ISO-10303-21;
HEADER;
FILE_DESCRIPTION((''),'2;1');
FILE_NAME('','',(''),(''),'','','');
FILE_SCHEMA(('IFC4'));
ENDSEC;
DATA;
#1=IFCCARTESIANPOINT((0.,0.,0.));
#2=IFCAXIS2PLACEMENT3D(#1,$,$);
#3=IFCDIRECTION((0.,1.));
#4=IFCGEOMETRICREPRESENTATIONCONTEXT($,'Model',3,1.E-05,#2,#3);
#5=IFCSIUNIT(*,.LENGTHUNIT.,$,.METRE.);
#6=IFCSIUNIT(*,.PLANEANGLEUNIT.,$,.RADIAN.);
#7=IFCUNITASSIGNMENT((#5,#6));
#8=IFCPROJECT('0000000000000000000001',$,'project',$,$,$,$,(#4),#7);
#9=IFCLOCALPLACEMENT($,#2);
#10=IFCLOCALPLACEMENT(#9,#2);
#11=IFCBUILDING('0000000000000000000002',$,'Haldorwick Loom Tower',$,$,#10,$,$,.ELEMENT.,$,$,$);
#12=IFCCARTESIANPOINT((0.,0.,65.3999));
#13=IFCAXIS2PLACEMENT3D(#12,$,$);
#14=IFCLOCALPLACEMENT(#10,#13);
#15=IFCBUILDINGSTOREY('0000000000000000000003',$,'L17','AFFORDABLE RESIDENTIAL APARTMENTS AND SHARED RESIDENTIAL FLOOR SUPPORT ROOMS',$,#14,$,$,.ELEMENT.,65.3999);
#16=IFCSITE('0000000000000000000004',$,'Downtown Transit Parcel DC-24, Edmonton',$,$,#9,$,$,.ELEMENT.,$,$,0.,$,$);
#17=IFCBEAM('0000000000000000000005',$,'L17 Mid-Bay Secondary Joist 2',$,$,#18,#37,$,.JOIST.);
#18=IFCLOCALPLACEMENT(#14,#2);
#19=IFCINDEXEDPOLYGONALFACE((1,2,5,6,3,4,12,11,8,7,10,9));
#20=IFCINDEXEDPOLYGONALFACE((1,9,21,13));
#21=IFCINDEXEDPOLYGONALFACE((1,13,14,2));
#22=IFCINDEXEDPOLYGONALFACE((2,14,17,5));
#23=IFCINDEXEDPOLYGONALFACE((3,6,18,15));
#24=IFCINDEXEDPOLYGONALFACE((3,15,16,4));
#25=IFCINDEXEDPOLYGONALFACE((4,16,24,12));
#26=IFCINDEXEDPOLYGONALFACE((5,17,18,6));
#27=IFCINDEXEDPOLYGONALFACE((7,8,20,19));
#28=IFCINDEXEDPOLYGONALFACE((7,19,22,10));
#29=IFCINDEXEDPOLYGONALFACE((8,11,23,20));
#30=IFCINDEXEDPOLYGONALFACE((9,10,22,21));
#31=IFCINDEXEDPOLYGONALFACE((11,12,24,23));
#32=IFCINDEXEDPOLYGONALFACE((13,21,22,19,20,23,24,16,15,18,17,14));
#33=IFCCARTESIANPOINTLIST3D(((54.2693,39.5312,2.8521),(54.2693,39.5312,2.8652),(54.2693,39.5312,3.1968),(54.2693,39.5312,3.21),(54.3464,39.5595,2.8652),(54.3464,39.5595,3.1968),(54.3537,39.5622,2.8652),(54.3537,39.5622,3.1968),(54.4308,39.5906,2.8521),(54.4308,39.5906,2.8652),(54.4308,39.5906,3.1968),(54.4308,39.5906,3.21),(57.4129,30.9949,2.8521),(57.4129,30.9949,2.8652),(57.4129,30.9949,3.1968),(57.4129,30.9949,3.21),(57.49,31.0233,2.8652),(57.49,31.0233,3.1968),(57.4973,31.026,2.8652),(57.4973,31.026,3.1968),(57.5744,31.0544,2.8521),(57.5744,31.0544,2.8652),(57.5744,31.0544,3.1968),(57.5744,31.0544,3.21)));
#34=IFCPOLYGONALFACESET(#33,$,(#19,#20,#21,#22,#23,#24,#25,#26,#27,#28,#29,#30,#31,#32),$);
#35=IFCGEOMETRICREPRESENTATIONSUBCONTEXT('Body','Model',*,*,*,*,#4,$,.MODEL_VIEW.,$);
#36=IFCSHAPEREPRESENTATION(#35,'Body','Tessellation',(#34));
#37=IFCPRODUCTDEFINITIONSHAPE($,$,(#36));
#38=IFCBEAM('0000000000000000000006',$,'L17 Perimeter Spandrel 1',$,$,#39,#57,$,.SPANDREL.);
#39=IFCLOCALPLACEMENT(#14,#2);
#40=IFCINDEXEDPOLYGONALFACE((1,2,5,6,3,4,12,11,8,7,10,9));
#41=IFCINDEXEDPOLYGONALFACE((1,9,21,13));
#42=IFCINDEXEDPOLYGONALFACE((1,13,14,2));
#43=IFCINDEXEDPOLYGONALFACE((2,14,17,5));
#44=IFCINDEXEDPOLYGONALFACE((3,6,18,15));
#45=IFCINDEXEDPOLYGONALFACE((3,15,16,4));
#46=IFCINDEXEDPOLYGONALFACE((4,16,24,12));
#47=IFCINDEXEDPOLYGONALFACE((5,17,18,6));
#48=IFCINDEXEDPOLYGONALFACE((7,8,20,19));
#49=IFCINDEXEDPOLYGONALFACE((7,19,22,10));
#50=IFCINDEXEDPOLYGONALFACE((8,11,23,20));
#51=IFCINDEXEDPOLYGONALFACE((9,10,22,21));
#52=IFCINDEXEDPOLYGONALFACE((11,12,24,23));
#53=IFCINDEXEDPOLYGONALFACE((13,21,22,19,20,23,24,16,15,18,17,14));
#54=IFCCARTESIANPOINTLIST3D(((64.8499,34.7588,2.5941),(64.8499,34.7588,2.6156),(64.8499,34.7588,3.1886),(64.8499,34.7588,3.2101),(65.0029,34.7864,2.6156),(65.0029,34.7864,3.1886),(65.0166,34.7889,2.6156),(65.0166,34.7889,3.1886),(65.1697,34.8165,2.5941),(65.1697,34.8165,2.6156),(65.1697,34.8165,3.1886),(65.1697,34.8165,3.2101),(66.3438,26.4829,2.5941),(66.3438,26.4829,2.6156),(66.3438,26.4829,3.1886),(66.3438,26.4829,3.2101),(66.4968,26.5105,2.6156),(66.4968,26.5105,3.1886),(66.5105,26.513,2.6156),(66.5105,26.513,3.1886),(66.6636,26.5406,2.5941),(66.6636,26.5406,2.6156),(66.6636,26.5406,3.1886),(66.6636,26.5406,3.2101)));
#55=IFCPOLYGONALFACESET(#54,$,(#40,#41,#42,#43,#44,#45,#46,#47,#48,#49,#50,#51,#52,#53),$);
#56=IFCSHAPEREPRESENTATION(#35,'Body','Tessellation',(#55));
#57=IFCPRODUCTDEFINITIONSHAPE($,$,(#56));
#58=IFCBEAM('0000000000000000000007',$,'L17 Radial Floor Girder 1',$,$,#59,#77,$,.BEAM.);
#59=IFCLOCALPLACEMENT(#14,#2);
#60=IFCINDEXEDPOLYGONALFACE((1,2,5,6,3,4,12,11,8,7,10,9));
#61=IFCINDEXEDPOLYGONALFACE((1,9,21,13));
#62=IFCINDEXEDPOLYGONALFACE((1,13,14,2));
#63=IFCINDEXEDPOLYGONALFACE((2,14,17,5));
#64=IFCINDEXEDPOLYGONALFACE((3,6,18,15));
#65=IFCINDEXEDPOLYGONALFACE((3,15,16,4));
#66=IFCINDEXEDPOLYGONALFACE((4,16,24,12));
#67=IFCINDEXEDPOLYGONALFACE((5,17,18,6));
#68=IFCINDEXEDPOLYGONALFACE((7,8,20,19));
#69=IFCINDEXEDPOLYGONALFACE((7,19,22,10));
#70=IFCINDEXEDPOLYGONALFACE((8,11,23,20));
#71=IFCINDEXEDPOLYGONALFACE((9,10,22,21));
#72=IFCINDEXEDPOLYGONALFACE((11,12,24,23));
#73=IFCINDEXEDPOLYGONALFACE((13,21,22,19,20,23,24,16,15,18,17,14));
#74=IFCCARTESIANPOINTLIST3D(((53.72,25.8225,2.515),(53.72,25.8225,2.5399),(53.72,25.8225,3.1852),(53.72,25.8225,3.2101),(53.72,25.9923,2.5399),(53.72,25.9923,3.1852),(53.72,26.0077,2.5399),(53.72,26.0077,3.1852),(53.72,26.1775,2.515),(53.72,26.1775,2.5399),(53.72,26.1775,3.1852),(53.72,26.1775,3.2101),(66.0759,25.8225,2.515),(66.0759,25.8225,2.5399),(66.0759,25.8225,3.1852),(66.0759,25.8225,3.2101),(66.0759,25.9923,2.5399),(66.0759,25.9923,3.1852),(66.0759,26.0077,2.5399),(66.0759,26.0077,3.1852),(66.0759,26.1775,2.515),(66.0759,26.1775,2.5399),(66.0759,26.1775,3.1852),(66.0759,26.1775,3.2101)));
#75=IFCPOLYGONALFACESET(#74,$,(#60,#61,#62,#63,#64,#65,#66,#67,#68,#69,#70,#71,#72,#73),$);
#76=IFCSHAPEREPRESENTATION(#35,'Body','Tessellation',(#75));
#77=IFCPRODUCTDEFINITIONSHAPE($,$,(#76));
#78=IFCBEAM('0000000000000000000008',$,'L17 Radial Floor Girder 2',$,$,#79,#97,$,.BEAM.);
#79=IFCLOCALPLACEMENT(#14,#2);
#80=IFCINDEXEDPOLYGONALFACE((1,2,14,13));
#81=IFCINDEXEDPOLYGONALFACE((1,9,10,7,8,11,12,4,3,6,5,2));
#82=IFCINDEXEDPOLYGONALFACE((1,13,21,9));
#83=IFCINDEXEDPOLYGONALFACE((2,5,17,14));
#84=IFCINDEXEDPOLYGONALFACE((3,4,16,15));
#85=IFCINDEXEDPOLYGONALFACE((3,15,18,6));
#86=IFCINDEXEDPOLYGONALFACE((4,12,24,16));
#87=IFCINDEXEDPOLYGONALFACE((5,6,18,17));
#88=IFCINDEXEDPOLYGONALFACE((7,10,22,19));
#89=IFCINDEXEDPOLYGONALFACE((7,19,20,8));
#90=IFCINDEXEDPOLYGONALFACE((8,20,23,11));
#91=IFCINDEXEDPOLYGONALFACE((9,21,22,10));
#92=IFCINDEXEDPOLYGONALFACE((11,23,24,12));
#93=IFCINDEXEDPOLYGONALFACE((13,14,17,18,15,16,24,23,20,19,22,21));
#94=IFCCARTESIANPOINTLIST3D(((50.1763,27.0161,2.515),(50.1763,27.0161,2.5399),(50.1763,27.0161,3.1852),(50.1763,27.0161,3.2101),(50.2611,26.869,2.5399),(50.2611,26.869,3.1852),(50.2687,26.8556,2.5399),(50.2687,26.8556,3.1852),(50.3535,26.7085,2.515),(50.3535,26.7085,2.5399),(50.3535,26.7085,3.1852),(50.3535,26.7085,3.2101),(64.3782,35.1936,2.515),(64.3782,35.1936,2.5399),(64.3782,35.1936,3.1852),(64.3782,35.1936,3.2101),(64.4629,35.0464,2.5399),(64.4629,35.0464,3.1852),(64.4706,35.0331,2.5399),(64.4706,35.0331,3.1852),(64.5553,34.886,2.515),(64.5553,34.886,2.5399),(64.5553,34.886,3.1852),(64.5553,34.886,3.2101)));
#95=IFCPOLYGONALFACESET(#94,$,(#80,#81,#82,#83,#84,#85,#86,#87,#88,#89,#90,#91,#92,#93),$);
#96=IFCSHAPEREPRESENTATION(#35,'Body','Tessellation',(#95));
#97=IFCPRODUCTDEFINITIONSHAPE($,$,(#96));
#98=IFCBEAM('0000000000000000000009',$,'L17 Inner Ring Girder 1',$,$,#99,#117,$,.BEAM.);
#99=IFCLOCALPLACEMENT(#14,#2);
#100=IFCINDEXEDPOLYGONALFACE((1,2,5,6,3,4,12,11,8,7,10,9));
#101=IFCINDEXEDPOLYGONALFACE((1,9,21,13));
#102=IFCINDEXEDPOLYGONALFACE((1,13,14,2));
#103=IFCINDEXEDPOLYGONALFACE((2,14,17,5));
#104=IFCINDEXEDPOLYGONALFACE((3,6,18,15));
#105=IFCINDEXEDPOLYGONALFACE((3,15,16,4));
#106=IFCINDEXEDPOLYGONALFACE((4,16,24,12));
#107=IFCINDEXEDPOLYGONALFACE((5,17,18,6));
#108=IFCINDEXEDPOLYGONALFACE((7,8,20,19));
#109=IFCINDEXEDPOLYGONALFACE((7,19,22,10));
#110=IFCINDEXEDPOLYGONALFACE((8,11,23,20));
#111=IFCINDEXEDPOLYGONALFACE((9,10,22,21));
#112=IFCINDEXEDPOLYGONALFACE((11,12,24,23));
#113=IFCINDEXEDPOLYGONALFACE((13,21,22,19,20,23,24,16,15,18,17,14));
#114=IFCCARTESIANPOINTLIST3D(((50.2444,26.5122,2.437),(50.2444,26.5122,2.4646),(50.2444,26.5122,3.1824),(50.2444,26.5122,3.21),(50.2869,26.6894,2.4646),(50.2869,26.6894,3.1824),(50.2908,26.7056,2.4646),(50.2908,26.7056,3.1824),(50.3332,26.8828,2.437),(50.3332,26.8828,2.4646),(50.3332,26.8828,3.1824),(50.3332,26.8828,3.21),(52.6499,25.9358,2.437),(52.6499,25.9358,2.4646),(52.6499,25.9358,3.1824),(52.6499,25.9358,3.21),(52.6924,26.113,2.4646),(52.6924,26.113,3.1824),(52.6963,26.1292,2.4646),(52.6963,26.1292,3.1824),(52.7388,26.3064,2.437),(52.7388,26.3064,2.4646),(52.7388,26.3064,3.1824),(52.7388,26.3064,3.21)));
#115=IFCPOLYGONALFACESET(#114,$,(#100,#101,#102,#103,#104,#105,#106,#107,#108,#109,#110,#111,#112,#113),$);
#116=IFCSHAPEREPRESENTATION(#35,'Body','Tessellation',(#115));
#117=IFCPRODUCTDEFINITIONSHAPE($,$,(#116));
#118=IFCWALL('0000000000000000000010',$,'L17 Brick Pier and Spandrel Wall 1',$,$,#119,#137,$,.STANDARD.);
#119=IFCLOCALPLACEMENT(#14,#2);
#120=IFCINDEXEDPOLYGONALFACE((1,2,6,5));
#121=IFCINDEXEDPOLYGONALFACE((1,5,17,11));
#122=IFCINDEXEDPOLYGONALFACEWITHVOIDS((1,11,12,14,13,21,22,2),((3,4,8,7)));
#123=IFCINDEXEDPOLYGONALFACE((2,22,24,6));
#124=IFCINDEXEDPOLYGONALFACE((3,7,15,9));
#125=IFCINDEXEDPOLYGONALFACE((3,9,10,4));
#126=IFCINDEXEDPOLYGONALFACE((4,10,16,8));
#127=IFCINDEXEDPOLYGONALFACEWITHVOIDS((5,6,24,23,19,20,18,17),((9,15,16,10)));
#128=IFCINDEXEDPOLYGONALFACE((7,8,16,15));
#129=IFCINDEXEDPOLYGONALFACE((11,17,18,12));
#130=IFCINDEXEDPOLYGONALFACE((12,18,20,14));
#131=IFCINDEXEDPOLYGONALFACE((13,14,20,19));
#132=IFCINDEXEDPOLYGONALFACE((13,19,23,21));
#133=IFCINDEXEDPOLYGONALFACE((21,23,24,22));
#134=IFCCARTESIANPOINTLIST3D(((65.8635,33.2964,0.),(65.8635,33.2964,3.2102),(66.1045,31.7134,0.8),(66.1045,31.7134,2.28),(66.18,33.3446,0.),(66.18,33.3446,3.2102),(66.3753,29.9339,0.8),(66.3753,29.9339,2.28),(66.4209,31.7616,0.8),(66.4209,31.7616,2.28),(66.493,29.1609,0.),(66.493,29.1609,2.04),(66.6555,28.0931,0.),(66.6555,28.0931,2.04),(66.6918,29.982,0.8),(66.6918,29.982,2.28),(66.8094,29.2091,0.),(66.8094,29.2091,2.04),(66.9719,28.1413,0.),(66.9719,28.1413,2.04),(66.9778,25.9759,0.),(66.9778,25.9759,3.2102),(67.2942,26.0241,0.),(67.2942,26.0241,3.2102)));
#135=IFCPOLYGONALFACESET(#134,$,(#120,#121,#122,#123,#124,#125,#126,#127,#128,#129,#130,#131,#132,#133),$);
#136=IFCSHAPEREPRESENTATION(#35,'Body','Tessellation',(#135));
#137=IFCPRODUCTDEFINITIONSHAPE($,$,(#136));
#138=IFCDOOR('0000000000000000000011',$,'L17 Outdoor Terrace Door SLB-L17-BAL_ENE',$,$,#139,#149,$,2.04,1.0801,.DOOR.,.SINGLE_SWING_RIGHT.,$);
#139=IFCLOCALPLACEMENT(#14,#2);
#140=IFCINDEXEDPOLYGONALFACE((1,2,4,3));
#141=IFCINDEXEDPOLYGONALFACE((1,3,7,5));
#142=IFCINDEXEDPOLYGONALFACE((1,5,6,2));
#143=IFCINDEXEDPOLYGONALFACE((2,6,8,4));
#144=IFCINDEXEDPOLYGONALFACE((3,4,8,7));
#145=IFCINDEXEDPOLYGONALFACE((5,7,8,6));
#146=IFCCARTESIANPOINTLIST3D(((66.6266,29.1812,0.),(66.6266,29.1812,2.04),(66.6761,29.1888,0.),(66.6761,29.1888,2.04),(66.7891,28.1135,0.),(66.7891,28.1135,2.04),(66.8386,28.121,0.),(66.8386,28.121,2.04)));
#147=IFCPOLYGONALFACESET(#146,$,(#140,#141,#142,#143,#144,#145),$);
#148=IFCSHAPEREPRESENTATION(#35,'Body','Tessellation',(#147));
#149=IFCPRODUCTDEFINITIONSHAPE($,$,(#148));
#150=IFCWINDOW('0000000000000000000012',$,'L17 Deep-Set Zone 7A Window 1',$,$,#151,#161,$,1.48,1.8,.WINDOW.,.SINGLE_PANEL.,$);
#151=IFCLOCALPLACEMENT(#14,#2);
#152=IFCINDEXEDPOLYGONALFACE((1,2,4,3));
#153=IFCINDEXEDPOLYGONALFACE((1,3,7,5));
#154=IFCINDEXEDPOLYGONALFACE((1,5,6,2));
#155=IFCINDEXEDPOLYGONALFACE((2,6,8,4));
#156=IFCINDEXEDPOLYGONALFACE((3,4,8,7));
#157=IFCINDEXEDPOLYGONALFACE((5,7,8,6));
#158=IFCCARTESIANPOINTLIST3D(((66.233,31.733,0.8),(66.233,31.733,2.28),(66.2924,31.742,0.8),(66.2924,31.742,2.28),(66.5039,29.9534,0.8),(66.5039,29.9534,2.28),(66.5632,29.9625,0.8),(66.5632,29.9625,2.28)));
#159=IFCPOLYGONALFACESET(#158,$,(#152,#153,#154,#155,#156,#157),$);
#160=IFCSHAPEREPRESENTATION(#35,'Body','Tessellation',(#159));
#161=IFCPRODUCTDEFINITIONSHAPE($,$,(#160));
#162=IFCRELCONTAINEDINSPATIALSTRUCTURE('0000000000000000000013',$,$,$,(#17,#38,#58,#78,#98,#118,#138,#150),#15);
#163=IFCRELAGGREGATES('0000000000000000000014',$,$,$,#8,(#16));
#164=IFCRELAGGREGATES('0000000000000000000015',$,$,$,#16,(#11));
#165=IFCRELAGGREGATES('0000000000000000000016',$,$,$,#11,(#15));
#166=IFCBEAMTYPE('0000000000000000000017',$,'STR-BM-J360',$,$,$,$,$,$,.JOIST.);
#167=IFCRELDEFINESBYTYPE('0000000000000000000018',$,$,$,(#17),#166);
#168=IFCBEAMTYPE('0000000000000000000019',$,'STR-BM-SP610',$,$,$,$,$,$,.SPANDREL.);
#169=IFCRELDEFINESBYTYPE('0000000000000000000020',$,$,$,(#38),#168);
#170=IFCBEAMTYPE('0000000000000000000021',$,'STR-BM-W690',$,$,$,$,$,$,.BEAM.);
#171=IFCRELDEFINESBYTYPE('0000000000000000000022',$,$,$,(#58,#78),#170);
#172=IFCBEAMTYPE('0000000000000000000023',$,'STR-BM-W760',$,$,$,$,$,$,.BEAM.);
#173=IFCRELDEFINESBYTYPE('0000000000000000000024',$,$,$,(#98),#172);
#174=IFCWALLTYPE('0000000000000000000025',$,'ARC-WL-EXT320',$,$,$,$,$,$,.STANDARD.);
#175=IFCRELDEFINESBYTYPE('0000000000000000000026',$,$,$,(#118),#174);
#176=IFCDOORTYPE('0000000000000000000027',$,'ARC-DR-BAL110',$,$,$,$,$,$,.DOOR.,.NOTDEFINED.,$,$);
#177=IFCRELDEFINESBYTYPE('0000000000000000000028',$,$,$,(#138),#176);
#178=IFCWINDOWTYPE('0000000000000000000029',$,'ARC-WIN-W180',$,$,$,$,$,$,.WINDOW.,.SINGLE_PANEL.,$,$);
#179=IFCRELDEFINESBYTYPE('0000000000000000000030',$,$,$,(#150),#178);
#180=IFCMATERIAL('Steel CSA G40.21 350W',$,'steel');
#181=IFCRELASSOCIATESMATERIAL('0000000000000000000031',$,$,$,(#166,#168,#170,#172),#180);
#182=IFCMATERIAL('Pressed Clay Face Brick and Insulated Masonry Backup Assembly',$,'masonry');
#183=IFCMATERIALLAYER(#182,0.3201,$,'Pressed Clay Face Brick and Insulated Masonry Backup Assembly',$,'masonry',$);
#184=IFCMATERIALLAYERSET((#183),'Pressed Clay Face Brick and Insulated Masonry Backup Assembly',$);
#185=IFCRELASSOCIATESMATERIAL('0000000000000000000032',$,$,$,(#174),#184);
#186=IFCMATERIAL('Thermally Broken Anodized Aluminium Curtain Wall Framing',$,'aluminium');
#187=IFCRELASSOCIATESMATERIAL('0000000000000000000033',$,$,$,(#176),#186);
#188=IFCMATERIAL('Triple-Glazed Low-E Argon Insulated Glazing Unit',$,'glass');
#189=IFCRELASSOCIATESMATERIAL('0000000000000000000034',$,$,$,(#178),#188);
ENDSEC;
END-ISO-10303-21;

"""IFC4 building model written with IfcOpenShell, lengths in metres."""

from ifc_helpers import new_model, si_unit, direction, frame, frame_2d, origin, origin_2d, place, context, subcontext, project, spatial, rectangle, i_section, extrude, material, layer, layer_set, material_profile, profile_set, type_object, element, fill, save


model = new_model("IFC4")

# Units and contexts
model_context = context("Model", 3, precision=1e-05, world=origin(), true_north=direction((0.0, 1.0)))
body_context = subcontext(model_context, "Body", "Model", "MODEL_VIEW")
ifc_project = project(units=[si_unit("LENGTHUNIT", "METRE"), si_unit("PLANEANGLEUNIT", "RADIAN")], contexts=[model_context])

# Site, building, storey
site_placement = place(None, origin())
site = spatial("IfcSite", under=ifc_project, at=site_placement, Name="Downtown Transit Parcel DC-24, Edmonton", CompositionType="ELEMENT", RefElevation=0.0)
building_placement = place(site_placement, origin())
building = spatial("IfcBuilding", under=site, at=building_placement, Name="Haldorwick Loom Tower", CompositionType="ELEMENT")
storey_placement = place(building_placement, frame((0.0, 0.0, 65.3999)))
storey = spatial("IfcBuildingStorey", under=building, at=storey_placement, Name="L17", Description="AFFORDABLE RESIDENTIAL APARTMENTS AND SHARED RESIDENTIAL FLOOR SUPPORT ROOMS", CompositionType="ELEMENT", Elevation=65.3999)

# Beams
ifc_material_1 = material(Name="Steel CSA G40.21 350W", Category="steel")
ifc_material_profile_1 = material_profile(ifc_material_1, i_section(OverallWidth=0.1721, OverallDepth=0.3579, WebThickness=0.0078, FlangeThickness=0.0132, at=origin_2d()), Name="W360X57", Category="steel")
ifc_profile_set_1 = profile_set([ifc_material_profile_1], Name="Steel CSA G40.21 350W")
beam_type_1 = type_object("IfcBeamType", Name="STR-BM-J360", PredefinedType="JOIST", material=ifc_profile_set_1)
beam_1_placement = place(storey_placement, frame((57.4937, 31.0247, 3.031), z_axis=(-0.345576, 0.938391, 0.0), x_axis=(-0.938391, -0.345576, 0.0)))
element("IfcBeam", 1, at=beam_1_placement, inside=storey, type_object=beam_type_1, Name="L17 Mid-Bay Secondary Joist 2", PredefinedType="JOIST", context=body_context, shape_type="SweptSolid", body=[
    extrude(i_section(OverallWidth=0.1721, OverallDepth=0.3579, WebThickness=0.0078, FlangeThickness=0.0132, at=origin_2d()), origin(), (0.0, 0.0, 1.0), 9.0967),
])
ifc_material_profile_2 = material_profile(ifc_material_1, i_section(OverallWidth=0.325, OverallDepth=0.616, WebThickness=0.0139, FlangeThickness=0.0215, at=origin_2d()), Name="W610X174", Category="steel")
ifc_profile_set_2 = profile_set([ifc_material_profile_2], Name="Steel CSA G40.21 350W")
beam_type_2 = type_object("IfcBeamType", Name="STR-BM-SP610", PredefinedType="SPANDREL", material=ifc_profile_set_2)
beam_2_placement = place(storey_placement, frame((66.5037, 26.5117, 2.9021), z_axis=(-0.177641, 0.984095, 0.0), x_axis=(-0.984095, -0.177641, 0.0)))
element("IfcBeam", 2, at=beam_2_placement, inside=storey, type_object=beam_type_2, Name="L17 Perimeter Spandrel 1", PredefinedType="SPANDREL", context=body_context, shape_type="SweptSolid", body=[
    extrude(i_section(OverallWidth=0.325, OverallDepth=0.616, WebThickness=0.0139, FlangeThickness=0.0215, at=origin_2d()), origin(), (0.0, 0.0, 1.0), 8.4097),
])
ifc_material_profile_3 = material_profile(ifc_material_1, i_section(OverallWidth=0.355, OverallDepth=0.6951, WebThickness=0.0154, FlangeThickness=0.0249, at=origin_2d()), Name="W690X217", Category="steel")
ifc_profile_set_3 = profile_set([ifc_material_profile_3], Name="Steel CSA G40.21 350W")
beam_type_3 = type_object("IfcBeamType", Name="STR-BM-W690", PredefinedType="BEAM", material=ifc_profile_set_3)
beam_3_placement = place(storey_placement, frame((53.72, 26.0, 2.8625), z_axis=(1.0, 0.0, 0.0), x_axis=(0.0, 1.0, 0.0)))
element("IfcBeam", 3, at=beam_3_placement, inside=storey, type_object=beam_type_3, Name="L17 Radial Floor Girder 1", PredefinedType="BEAM", context=body_context, shape_type="SweptSolid", body=[
    extrude(i_section(OverallWidth=0.355, OverallDepth=0.6951, WebThickness=0.0154, FlangeThickness=0.0249, at=origin_2d()), origin(), (0.0, 0.0, 1.0), 12.356),
])
beam_4_placement = place(storey_placement, frame((50.2649, 26.8623, 2.8625), z_axis=(0.866606, 0.498994, 0.0), x_axis=(-0.498994, 0.866606, 0.0)))
element("IfcBeam", 4, at=beam_4_placement, inside=storey, type_object=beam_type_3, Name="L17 Radial Floor Girder 2", PredefinedType="BEAM", context=body_context, shape_type="SweptSolid", body=[
    extrude(i_section(OverallWidth=0.355, OverallDepth=0.6951, WebThickness=0.0154, FlangeThickness=0.0249, at=origin_2d()), origin(), (0.0, 0.0, 1.0), 16.3879),
])
ifc_material_profile_4 = material_profile(ifc_material_1, i_section(OverallWidth=0.3811, OverallDepth=0.7729, WebThickness=0.0166, FlangeThickness=0.0276, at=origin_2d()), Name="W760X257", Category="steel")
ifc_profile_set_4 = profile_set([ifc_material_profile_4], Name="Steel CSA G40.21 350W")
beam_type_4 = type_object("IfcBeamType", Name="STR-BM-W760", PredefinedType="BEAM", material=ifc_profile_set_4)
beam_5_placement = place(storey_placement, frame((50.2888, 26.6975, 2.8235), z_axis=(0.972471, -0.233026, 0.0), x_axis=(0.233026, 0.972471, 0.0)))
element("IfcBeam", 5, at=beam_5_placement, inside=storey, type_object=beam_type_4, Name="L17 Inner Ring Girder 1", PredefinedType="BEAM", context=body_context, shape_type="SweptSolid", body=[
    extrude(i_section(OverallWidth=0.3811, OverallDepth=0.7729, WebThickness=0.0166, FlangeThickness=0.0276, at=origin_2d()), origin(), (0.0, 0.0, 1.0), 2.4736),
])

# Wall, openings, door, window
ifc_material_2 = material(Name="Pressed Clay Face Brick and Insulated Masonry Backup Assembly", Category="masonry")
ifc_layer_1 = layer(ifc_material_2, 0.3201, Name="Pressed Clay Face Brick and Insulated Masonry Backup Assembly", Category="masonry")
ifc_layer_set_1 = layer_set([ifc_layer_1], Name="Pressed Clay Face Brick and Insulated Masonry Backup Assembly")
wall_type_1 = type_object("IfcWallType", Name="ARC-WL-EXT320", PredefinedType="STANDARD", material=ifc_layer_set_1)
wall_1_placement = place(storey_placement, frame((67.136, 26.0, 0.0), z_axis=(0.0, 0.0, 1.0), x_axis=(-0.150476, 0.988614, 0.0)))
wall_1 = element("IfcWall", 6, at=wall_1_placement, inside=storey, type_object=wall_type_1, Name="L17 Brick Pier and Spandrel Wall 1", PredefinedType="STANDARD", context=body_context, shape_type="SweptSolid", body=[
    extrude(rectangle(XDim=7.4048, YDim=0.3201, at=frame_2d((3.7024, 0.0))), origin(), (0.0, 0.0, 1.0), 3.2102),
])
opening_1_placement = place(wall_1_placement, frame((2.1416, 0.0, 0.0)))
opening_1 = element("IfcOpeningElement", 7, at=opening_1_placement, cuts=wall_1, PredefinedType="OPENING", context=body_context, shape_type="SweptSolid", body=[
    extrude(rectangle(XDim=1.0801, YDim=2.04, at=frame_2d((0.54, 1.02))), frame((0.0, 0.1699, 0.0), z_axis=(0.0, -1.0, 0.0), x_axis=(1.0, 0.0, 0.0)), (0.0, 0.0, 1.0), 0.3401),
])
opening_2_placement = place(wall_1_placement, frame((4.0037, 0.0, 0.8)))
opening_2 = element("IfcOpeningElement", 8, at=opening_2_placement, cuts=wall_1, PredefinedType="OPENING", context=body_context, shape_type="SweptSolid", body=[
    extrude(rectangle(XDim=1.8, YDim=1.48, at=frame_2d((0.8999, 0.74))), frame((0.0, 0.1699, 0.0), z_axis=(0.0, -1.0, 0.0), x_axis=(1.0, 0.0, 0.0)), (0.0, 0.0, 1.0), 0.3401),
])
ifc_material_3 = material(Name="Thermally Broken Anodized Aluminium Curtain Wall Framing", Category="aluminium")
door_type_1 = type_object("IfcDoorType", Name="ARC-DR-BAL110", OperationType="NOTDEFINED", PredefinedType="DOOR", material=ifc_material_3)
door_1_placement = place(opening_1_placement, origin())
door_1 = element("IfcDoor", 9, at=door_1_placement, inside=storey, type_object=door_type_1, Name="L17 Outdoor Terrace Door SLB-L17-BAL_ENE", OperationType="SINGLE_SWING_RIGHT", OverallHeight=2.04, OverallWidth=1.0801, PredefinedType="DOOR", context=body_context, shape_type="SweptSolid", body=[
    extrude(rectangle(XDim=1.0801, YDim=2.04, at=frame_2d((0.54, 1.02))), frame((0.0, 0.0249, 0.0), z_axis=(0.0, -1.0, 0.0), x_axis=(1.0, 0.0, 0.0)), (0.0, 0.0, 1.0), 0.05),
])
fill(opening_1, door_1)
ifc_material_4 = material(Name="Triple-Glazed Low-E Argon Insulated Glazing Unit", Category="glass")
window_type = type_object("IfcWindowType", Name="ARC-WIN-W180", PartitioningType="SINGLE_PANEL", PredefinedType="WINDOW", material=ifc_material_4)
window_placement = place(opening_2_placement, origin())
window = element("IfcWindow", 10, at=window_placement, inside=storey, type_object=window_type, Name="L17 Deep-Set Zone 7A Window 1", OverallHeight=1.48, OverallWidth=1.8, PartitioningType="SINGLE_PANEL", PredefinedType="WINDOW", context=body_context, shape_type="SweptSolid", body=[
    extrude(rectangle(XDim=1.8, YDim=1.48, at=frame_2d((0.8999, 0.74))), frame((0.0, 0.03, 0.0), z_axis=(0.0, -1.0, 0.0), x_axis=(1.0, 0.0, 0.0)), (0.0, 0.0, 1.0), 0.0601),
])
fill(opening_2, window)

save(model, "model.ifc")
